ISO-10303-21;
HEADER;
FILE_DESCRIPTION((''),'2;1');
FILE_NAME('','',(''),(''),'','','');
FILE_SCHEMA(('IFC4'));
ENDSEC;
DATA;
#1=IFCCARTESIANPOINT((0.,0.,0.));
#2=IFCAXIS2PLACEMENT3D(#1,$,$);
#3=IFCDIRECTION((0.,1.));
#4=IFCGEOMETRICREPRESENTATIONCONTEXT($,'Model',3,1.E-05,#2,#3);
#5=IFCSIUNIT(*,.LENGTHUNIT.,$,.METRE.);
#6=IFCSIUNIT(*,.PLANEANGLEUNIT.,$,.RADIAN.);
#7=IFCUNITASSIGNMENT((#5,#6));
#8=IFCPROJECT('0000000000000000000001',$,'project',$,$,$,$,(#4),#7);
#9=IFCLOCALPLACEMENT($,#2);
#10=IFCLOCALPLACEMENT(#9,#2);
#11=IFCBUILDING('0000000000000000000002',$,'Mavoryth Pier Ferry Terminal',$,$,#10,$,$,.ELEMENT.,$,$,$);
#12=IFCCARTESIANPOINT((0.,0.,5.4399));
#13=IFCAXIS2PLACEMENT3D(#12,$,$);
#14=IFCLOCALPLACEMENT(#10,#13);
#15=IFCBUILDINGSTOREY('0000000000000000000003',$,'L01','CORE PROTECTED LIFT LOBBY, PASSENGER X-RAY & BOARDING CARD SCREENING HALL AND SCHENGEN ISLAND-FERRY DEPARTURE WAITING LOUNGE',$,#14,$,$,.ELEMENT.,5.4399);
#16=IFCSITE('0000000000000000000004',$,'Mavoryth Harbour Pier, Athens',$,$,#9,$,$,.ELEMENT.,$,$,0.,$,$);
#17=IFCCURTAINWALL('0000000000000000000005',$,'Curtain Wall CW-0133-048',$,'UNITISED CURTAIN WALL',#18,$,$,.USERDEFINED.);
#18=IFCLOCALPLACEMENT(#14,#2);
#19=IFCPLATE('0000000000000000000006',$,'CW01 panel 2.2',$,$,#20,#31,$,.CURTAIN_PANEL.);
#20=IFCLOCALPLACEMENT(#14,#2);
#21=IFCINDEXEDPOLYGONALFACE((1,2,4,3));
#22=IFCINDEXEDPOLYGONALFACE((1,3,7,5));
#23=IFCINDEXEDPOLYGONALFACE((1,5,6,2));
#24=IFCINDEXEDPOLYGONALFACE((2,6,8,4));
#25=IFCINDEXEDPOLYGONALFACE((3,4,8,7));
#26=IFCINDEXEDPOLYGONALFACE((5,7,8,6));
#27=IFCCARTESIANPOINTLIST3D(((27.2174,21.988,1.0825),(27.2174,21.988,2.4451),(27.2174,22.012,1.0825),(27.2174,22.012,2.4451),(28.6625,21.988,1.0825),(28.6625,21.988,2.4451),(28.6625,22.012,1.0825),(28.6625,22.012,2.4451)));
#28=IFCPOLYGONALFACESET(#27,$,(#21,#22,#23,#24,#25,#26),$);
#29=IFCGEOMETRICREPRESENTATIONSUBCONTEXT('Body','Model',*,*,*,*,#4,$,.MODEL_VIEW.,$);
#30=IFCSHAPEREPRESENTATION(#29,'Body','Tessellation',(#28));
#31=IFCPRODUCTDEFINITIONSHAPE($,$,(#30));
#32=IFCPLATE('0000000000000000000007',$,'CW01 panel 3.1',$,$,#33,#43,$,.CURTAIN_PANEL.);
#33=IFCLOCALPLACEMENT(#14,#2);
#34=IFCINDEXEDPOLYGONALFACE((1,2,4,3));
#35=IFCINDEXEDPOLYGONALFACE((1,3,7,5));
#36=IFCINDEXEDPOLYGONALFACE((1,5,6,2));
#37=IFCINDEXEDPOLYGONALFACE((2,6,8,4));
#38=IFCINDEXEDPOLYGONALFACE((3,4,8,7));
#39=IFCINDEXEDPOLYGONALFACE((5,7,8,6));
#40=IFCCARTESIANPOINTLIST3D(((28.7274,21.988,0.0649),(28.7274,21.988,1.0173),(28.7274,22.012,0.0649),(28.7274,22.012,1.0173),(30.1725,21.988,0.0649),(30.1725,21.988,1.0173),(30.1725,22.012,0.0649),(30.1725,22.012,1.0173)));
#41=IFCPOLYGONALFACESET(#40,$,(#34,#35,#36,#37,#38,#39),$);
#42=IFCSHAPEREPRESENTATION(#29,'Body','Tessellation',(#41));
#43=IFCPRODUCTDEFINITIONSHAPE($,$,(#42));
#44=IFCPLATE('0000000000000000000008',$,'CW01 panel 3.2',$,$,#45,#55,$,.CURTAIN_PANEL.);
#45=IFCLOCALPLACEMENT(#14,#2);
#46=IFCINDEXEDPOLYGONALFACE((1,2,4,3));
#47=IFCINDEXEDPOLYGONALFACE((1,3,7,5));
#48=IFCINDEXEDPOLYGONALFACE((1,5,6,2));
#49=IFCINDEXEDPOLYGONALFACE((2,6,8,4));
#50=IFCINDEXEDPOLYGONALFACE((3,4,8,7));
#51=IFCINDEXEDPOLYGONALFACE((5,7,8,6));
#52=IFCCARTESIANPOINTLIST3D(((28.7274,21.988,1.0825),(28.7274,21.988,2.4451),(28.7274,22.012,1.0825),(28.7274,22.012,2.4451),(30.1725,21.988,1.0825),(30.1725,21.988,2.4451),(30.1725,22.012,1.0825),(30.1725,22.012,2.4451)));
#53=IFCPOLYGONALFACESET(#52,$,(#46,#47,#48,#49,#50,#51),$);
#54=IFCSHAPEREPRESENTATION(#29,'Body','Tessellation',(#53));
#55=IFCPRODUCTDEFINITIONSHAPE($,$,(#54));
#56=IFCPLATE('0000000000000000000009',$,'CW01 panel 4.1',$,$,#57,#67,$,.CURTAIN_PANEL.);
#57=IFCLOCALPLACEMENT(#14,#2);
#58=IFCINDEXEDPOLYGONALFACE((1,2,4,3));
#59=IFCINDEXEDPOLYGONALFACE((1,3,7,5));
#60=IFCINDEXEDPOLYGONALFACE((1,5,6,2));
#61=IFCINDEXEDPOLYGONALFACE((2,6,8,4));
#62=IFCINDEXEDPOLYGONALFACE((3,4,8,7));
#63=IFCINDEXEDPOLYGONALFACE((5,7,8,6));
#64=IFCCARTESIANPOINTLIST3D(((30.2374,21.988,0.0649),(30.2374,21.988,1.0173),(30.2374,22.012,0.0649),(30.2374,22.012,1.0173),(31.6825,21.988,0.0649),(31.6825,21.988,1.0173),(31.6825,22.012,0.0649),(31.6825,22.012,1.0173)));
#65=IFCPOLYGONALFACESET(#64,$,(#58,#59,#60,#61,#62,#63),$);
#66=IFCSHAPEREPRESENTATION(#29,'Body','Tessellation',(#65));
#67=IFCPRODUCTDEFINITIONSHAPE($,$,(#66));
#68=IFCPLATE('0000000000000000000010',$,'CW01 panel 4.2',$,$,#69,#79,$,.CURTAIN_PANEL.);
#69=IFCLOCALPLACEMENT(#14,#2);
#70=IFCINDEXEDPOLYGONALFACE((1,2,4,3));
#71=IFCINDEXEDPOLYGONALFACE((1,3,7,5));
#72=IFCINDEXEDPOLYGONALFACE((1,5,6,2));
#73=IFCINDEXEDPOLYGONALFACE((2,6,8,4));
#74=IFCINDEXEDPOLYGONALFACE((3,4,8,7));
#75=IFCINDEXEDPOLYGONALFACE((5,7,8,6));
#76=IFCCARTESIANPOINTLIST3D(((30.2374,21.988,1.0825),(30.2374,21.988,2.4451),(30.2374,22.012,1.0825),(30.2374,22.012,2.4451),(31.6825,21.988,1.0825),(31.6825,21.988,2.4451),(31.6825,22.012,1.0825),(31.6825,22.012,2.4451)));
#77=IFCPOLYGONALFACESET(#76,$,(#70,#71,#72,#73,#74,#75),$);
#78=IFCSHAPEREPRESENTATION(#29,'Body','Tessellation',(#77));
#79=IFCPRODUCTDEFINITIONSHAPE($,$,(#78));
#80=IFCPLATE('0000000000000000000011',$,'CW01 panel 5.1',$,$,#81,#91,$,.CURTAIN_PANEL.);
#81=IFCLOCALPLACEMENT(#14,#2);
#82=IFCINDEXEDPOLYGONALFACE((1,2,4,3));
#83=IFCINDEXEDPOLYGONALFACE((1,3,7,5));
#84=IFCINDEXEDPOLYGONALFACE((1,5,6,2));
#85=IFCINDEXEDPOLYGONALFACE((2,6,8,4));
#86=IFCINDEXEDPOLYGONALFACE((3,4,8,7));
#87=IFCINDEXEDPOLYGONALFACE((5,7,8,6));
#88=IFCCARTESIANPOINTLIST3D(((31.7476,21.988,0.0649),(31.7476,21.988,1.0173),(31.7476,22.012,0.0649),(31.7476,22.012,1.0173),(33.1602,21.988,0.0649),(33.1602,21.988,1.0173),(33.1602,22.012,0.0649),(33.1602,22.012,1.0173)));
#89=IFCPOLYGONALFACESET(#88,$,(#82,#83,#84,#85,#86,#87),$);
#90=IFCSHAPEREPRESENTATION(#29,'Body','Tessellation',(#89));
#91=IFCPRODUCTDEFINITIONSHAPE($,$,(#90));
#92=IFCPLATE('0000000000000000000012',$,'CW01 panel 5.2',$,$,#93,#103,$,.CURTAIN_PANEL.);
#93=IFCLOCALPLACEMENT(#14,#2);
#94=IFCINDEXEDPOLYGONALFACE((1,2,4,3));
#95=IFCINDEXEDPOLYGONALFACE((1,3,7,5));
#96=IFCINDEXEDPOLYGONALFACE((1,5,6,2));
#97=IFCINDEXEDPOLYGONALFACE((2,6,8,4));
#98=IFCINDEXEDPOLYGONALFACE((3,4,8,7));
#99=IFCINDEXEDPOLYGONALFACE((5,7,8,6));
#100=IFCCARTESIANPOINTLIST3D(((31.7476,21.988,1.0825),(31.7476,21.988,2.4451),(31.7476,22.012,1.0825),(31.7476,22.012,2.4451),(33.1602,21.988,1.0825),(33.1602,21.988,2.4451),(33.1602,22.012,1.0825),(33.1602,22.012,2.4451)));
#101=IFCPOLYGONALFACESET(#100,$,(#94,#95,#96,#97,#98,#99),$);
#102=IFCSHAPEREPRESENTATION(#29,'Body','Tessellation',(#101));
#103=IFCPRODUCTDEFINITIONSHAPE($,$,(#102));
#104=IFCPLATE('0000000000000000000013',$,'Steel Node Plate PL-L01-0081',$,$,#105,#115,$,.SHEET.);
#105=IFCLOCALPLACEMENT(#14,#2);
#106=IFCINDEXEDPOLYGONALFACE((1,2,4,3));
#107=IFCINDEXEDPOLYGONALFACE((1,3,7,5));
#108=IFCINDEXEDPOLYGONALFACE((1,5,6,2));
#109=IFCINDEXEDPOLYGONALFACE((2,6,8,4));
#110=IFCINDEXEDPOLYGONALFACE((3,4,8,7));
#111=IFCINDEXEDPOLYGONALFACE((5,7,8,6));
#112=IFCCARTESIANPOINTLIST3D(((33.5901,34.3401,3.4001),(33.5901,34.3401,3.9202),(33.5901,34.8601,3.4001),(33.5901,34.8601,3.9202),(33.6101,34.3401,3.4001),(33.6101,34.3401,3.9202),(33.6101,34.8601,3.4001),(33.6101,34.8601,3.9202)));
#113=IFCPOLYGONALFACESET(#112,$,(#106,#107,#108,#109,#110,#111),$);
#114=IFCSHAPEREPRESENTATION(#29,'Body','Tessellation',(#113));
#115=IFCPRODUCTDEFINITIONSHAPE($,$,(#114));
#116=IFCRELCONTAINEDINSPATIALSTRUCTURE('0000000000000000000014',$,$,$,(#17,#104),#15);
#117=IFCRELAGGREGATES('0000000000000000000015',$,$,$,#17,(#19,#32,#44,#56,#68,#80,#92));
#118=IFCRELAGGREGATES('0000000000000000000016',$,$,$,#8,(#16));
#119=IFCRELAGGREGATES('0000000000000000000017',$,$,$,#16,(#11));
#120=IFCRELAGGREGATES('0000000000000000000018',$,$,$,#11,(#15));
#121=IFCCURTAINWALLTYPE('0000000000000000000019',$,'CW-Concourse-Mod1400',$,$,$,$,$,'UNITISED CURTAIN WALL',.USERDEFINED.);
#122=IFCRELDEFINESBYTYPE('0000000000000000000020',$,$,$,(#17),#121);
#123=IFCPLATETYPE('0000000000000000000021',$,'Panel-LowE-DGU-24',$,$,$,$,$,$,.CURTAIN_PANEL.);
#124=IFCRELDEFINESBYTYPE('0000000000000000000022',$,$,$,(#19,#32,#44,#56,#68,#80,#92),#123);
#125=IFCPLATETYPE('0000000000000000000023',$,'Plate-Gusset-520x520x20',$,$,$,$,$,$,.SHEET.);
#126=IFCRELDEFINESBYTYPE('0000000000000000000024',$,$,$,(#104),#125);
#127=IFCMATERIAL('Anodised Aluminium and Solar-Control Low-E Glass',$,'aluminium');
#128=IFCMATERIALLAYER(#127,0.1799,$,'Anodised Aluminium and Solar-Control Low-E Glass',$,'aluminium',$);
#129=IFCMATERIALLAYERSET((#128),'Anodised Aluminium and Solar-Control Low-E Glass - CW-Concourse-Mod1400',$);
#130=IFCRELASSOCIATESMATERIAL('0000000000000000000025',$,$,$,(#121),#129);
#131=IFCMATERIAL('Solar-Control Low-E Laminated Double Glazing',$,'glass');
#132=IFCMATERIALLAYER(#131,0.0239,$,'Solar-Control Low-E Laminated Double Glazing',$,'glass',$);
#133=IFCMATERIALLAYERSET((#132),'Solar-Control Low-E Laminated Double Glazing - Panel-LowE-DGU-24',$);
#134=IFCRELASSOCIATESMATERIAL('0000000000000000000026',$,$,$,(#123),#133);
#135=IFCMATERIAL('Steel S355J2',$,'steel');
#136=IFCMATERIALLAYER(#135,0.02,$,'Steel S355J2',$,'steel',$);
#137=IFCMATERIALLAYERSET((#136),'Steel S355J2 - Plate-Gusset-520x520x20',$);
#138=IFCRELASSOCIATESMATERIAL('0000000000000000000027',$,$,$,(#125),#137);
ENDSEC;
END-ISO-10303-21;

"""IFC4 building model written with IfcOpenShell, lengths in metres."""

from ifc_helpers import new_model, si_unit, direction, frame, origin, origin_2d, place, context, subcontext, project, spatial, rectangle, extrude, material, layer, layer_set, type_object, element, aggregate, save


model = new_model("IFC4")

# Units and contexts
model_context = context("Model", 3, precision=1e-05, world=origin(), true_north=direction((0.0, 1.0)))
body_context = subcontext(model_context, "Body", "Model", "MODEL_VIEW")
ifc_project = project(units=[si_unit("LENGTHUNIT", "METRE"), si_unit("PLANEANGLEUNIT", "RADIAN")], contexts=[model_context])

# Site, building, storey
site_placement = place(None, origin())
site = spatial("IfcSite", under=ifc_project, at=site_placement, Name="Mavoryth Harbour Pier, Athens", CompositionType="ELEMENT", RefElevation=0.0)
building_placement = place(site_placement, origin())
building = spatial("IfcBuilding", under=site, at=building_placement, Name="Mavoryth Pier Ferry Terminal", CompositionType="ELEMENT")
storey_placement = place(building_placement, frame((0.0, 0.0, 5.4399)))
storey = spatial("IfcBuildingStorey", under=building, at=storey_placement, Name="L01", Description="CORE PROTECTED LIFT LOBBY, PASSENGER X-RAY & BOARDING CARD SCREENING HALL AND SCHENGEN ISLAND-FERRY DEPARTURE WAITING LOUNGE", CompositionType="ELEMENT", Elevation=5.4399)

# Shared definitions
ifc_material_1 = material(Name="Steel S355J2", Category="steel")

# Shared definitions
ifc_material_2 = material(Name="Anodised Aluminium and Solar-Control Low-E Glass", Category="aluminium")
ifc_layer_1 = layer(ifc_material_2, 0.1799, Name="Anodised Aluminium and Solar-Control Low-E Glass", Category="aluminium")
ifc_layer_set_1 = layer_set([ifc_layer_1], Name="Anodised Aluminium and Solar-Control Low-E Glass - CW-Concourse-Mod1400")
curtain_wall_type = type_object("IfcCurtainWallType", Name="CW-Concourse-Mod1400", ElementType="UNITISED CURTAIN WALL", PredefinedType="USERDEFINED", material=ifc_layer_set_1)

# Curtain wall
curtain_wall_1_placement = place(storey_placement, origin())
curtain_wall_1 = element("IfcCurtainWall", 1, at=curtain_wall_1_placement, inside=storey, type_object=curtain_wall_type, Name="Curtain Wall CW-0133-048", ObjectType="UNITISED CURTAIN WALL", PredefinedType="USERDEFINED")

# Plates
ifc_material_3 = material(Name="Solar-Control Low-E Laminated Double Glazing", Category="glass")
ifc_layer_2 = layer(ifc_material_3, 0.0239, Name="Solar-Control Low-E Laminated Double Glazing", Category="glass")
ifc_layer_set_2 = layer_set([ifc_layer_2], Name="Solar-Control Low-E Laminated Double Glazing - Panel-LowE-DGU-24")
plate_type_1 = type_object("IfcPlateType", Name="Panel-LowE-DGU-24", PredefinedType="CURTAIN_PANEL", material=ifc_layer_set_2)
plate_1_placement = place(storey_placement, frame((27.9399, 22.0, 1.0825), z_axis=(0.0, 0.0, 1.0), x_axis=(1.0, 0.0, 0.0)))
plate_1 = element("IfcPlate", 2, at=plate_1_placement, type_object=plate_type_1, Name="CW01 panel 2.2", PredefinedType="CURTAIN_PANEL", context=body_context, shape_type="SweptSolid", body=[
    extrude(rectangle(XDim=1.4451, YDim=0.0239, at=origin_2d()), origin(), (0.0, 0.0, 1.0), 1.3625),
])
plate_2_placement = place(storey_placement, frame((29.45, 22.0, 0.0649), z_axis=(0.0, 0.0, 1.0), x_axis=(1.0, 0.0, 0.0)))
plate_2 = element("IfcPlate", 3, at=plate_2_placement, type_object=plate_type_1, Name="CW01 panel 3.1", PredefinedType="CURTAIN_PANEL", context=body_context, shape_type="SweptSolid", body=[
    extrude(rectangle(XDim=1.4451, YDim=0.0239, at=origin_2d()), origin(), (0.0, 0.0, 1.0), 0.9524),
])
plate_3_placement = place(storey_placement, frame((29.45, 22.0, 1.0825), z_axis=(0.0, 0.0, 1.0), x_axis=(1.0, 0.0, 0.0)))
plate_3 = element("IfcPlate", 4, at=plate_3_placement, type_object=plate_type_1, Name="CW01 panel 3.2", PredefinedType="CURTAIN_PANEL", context=body_context, shape_type="SweptSolid", body=[
    extrude(rectangle(XDim=1.4451, YDim=0.0239, at=origin_2d()), origin(), (0.0, 0.0, 1.0), 1.3625),
])
plate_4_placement = place(storey_placement, frame((30.96, 22.0, 0.0649), z_axis=(0.0, 0.0, 1.0), x_axis=(1.0, 0.0, 0.0)))
plate_4 = element("IfcPlate", 5, at=plate_4_placement, type_object=plate_type_1, Name="CW01 panel 4.1", PredefinedType="CURTAIN_PANEL", context=body_context, shape_type="SweptSolid", body=[
    extrude(rectangle(XDim=1.4451, YDim=0.0239, at=origin_2d()), origin(), (0.0, 0.0, 1.0), 0.9524),
])
plate_5_placement = place(storey_placement, frame((30.96, 22.0, 1.0825), z_axis=(0.0, 0.0, 1.0), x_axis=(1.0, 0.0, 0.0)))
plate_5 = element("IfcPlate", 6, at=plate_5_placement, type_object=plate_type_1, Name="CW01 panel 4.2", PredefinedType="CURTAIN_PANEL", context=body_context, shape_type="SweptSolid", body=[
    extrude(rectangle(XDim=1.4451, YDim=0.0239, at=origin_2d()), origin(), (0.0, 0.0, 1.0), 1.3625),
])
plate_6_placement = place(storey_placement, frame((32.4539, 22.0, 0.0649), z_axis=(0.0, 0.0, 1.0), x_axis=(1.0, 0.0, 0.0)))
plate_6 = element("IfcPlate", 7, at=plate_6_placement, type_object=plate_type_1, Name="CW01 panel 5.1", PredefinedType="CURTAIN_PANEL", context=body_context, shape_type="SweptSolid", body=[
    extrude(rectangle(XDim=1.4126, YDim=0.0239, at=origin_2d()), origin(), (0.0, 0.0, 1.0), 0.9524),
])
plate_7_placement = place(storey_placement, frame((32.4539, 22.0, 1.0825), z_axis=(0.0, 0.0, 1.0), x_axis=(1.0, 0.0, 0.0)))
plate_7 = element("IfcPlate", 8, at=plate_7_placement, type_object=plate_type_1, Name="CW01 panel 5.2", PredefinedType="CURTAIN_PANEL", context=body_context, shape_type="SweptSolid", body=[
    extrude(rectangle(XDim=1.4126, YDim=0.0239, at=origin_2d()), origin(), (0.0, 0.0, 1.0), 1.3625),
])
aggregate(curtain_wall_1, [plate_1, plate_2, plate_3, plate_4, plate_5, plate_6, plate_7])
ifc_layer_3 = layer(ifc_material_1, 0.02, Name="Steel S355J2", Category="steel")
ifc_layer_set_3 = layer_set([ifc_layer_3], Name="Steel S355J2 - Plate-Gusset-520x520x20")
plate_type_2 = type_object("IfcPlateType", Name="Plate-Gusset-520x520x20", PredefinedType="SHEET", material=ifc_layer_set_3)
plate_8_placement = place(storey_placement, frame((33.6001, 34.6001, 3.4001), z_axis=(0.0, 0.0, 1.0), x_axis=(0.0, 1.0, 0.0)))
element("IfcPlate", 9, at=plate_8_placement, inside=storey, type_object=plate_type_2, Name="Steel Node Plate PL-L01-0081", PredefinedType="SHEET", context=body_context, shape_type="SweptSolid", body=[
    extrude(rectangle(XDim=0.52, YDim=0.02, at=origin_2d()), origin(), (0.0, 0.0, 1.0), 0.52),
])

save(model, "model.ifc")
